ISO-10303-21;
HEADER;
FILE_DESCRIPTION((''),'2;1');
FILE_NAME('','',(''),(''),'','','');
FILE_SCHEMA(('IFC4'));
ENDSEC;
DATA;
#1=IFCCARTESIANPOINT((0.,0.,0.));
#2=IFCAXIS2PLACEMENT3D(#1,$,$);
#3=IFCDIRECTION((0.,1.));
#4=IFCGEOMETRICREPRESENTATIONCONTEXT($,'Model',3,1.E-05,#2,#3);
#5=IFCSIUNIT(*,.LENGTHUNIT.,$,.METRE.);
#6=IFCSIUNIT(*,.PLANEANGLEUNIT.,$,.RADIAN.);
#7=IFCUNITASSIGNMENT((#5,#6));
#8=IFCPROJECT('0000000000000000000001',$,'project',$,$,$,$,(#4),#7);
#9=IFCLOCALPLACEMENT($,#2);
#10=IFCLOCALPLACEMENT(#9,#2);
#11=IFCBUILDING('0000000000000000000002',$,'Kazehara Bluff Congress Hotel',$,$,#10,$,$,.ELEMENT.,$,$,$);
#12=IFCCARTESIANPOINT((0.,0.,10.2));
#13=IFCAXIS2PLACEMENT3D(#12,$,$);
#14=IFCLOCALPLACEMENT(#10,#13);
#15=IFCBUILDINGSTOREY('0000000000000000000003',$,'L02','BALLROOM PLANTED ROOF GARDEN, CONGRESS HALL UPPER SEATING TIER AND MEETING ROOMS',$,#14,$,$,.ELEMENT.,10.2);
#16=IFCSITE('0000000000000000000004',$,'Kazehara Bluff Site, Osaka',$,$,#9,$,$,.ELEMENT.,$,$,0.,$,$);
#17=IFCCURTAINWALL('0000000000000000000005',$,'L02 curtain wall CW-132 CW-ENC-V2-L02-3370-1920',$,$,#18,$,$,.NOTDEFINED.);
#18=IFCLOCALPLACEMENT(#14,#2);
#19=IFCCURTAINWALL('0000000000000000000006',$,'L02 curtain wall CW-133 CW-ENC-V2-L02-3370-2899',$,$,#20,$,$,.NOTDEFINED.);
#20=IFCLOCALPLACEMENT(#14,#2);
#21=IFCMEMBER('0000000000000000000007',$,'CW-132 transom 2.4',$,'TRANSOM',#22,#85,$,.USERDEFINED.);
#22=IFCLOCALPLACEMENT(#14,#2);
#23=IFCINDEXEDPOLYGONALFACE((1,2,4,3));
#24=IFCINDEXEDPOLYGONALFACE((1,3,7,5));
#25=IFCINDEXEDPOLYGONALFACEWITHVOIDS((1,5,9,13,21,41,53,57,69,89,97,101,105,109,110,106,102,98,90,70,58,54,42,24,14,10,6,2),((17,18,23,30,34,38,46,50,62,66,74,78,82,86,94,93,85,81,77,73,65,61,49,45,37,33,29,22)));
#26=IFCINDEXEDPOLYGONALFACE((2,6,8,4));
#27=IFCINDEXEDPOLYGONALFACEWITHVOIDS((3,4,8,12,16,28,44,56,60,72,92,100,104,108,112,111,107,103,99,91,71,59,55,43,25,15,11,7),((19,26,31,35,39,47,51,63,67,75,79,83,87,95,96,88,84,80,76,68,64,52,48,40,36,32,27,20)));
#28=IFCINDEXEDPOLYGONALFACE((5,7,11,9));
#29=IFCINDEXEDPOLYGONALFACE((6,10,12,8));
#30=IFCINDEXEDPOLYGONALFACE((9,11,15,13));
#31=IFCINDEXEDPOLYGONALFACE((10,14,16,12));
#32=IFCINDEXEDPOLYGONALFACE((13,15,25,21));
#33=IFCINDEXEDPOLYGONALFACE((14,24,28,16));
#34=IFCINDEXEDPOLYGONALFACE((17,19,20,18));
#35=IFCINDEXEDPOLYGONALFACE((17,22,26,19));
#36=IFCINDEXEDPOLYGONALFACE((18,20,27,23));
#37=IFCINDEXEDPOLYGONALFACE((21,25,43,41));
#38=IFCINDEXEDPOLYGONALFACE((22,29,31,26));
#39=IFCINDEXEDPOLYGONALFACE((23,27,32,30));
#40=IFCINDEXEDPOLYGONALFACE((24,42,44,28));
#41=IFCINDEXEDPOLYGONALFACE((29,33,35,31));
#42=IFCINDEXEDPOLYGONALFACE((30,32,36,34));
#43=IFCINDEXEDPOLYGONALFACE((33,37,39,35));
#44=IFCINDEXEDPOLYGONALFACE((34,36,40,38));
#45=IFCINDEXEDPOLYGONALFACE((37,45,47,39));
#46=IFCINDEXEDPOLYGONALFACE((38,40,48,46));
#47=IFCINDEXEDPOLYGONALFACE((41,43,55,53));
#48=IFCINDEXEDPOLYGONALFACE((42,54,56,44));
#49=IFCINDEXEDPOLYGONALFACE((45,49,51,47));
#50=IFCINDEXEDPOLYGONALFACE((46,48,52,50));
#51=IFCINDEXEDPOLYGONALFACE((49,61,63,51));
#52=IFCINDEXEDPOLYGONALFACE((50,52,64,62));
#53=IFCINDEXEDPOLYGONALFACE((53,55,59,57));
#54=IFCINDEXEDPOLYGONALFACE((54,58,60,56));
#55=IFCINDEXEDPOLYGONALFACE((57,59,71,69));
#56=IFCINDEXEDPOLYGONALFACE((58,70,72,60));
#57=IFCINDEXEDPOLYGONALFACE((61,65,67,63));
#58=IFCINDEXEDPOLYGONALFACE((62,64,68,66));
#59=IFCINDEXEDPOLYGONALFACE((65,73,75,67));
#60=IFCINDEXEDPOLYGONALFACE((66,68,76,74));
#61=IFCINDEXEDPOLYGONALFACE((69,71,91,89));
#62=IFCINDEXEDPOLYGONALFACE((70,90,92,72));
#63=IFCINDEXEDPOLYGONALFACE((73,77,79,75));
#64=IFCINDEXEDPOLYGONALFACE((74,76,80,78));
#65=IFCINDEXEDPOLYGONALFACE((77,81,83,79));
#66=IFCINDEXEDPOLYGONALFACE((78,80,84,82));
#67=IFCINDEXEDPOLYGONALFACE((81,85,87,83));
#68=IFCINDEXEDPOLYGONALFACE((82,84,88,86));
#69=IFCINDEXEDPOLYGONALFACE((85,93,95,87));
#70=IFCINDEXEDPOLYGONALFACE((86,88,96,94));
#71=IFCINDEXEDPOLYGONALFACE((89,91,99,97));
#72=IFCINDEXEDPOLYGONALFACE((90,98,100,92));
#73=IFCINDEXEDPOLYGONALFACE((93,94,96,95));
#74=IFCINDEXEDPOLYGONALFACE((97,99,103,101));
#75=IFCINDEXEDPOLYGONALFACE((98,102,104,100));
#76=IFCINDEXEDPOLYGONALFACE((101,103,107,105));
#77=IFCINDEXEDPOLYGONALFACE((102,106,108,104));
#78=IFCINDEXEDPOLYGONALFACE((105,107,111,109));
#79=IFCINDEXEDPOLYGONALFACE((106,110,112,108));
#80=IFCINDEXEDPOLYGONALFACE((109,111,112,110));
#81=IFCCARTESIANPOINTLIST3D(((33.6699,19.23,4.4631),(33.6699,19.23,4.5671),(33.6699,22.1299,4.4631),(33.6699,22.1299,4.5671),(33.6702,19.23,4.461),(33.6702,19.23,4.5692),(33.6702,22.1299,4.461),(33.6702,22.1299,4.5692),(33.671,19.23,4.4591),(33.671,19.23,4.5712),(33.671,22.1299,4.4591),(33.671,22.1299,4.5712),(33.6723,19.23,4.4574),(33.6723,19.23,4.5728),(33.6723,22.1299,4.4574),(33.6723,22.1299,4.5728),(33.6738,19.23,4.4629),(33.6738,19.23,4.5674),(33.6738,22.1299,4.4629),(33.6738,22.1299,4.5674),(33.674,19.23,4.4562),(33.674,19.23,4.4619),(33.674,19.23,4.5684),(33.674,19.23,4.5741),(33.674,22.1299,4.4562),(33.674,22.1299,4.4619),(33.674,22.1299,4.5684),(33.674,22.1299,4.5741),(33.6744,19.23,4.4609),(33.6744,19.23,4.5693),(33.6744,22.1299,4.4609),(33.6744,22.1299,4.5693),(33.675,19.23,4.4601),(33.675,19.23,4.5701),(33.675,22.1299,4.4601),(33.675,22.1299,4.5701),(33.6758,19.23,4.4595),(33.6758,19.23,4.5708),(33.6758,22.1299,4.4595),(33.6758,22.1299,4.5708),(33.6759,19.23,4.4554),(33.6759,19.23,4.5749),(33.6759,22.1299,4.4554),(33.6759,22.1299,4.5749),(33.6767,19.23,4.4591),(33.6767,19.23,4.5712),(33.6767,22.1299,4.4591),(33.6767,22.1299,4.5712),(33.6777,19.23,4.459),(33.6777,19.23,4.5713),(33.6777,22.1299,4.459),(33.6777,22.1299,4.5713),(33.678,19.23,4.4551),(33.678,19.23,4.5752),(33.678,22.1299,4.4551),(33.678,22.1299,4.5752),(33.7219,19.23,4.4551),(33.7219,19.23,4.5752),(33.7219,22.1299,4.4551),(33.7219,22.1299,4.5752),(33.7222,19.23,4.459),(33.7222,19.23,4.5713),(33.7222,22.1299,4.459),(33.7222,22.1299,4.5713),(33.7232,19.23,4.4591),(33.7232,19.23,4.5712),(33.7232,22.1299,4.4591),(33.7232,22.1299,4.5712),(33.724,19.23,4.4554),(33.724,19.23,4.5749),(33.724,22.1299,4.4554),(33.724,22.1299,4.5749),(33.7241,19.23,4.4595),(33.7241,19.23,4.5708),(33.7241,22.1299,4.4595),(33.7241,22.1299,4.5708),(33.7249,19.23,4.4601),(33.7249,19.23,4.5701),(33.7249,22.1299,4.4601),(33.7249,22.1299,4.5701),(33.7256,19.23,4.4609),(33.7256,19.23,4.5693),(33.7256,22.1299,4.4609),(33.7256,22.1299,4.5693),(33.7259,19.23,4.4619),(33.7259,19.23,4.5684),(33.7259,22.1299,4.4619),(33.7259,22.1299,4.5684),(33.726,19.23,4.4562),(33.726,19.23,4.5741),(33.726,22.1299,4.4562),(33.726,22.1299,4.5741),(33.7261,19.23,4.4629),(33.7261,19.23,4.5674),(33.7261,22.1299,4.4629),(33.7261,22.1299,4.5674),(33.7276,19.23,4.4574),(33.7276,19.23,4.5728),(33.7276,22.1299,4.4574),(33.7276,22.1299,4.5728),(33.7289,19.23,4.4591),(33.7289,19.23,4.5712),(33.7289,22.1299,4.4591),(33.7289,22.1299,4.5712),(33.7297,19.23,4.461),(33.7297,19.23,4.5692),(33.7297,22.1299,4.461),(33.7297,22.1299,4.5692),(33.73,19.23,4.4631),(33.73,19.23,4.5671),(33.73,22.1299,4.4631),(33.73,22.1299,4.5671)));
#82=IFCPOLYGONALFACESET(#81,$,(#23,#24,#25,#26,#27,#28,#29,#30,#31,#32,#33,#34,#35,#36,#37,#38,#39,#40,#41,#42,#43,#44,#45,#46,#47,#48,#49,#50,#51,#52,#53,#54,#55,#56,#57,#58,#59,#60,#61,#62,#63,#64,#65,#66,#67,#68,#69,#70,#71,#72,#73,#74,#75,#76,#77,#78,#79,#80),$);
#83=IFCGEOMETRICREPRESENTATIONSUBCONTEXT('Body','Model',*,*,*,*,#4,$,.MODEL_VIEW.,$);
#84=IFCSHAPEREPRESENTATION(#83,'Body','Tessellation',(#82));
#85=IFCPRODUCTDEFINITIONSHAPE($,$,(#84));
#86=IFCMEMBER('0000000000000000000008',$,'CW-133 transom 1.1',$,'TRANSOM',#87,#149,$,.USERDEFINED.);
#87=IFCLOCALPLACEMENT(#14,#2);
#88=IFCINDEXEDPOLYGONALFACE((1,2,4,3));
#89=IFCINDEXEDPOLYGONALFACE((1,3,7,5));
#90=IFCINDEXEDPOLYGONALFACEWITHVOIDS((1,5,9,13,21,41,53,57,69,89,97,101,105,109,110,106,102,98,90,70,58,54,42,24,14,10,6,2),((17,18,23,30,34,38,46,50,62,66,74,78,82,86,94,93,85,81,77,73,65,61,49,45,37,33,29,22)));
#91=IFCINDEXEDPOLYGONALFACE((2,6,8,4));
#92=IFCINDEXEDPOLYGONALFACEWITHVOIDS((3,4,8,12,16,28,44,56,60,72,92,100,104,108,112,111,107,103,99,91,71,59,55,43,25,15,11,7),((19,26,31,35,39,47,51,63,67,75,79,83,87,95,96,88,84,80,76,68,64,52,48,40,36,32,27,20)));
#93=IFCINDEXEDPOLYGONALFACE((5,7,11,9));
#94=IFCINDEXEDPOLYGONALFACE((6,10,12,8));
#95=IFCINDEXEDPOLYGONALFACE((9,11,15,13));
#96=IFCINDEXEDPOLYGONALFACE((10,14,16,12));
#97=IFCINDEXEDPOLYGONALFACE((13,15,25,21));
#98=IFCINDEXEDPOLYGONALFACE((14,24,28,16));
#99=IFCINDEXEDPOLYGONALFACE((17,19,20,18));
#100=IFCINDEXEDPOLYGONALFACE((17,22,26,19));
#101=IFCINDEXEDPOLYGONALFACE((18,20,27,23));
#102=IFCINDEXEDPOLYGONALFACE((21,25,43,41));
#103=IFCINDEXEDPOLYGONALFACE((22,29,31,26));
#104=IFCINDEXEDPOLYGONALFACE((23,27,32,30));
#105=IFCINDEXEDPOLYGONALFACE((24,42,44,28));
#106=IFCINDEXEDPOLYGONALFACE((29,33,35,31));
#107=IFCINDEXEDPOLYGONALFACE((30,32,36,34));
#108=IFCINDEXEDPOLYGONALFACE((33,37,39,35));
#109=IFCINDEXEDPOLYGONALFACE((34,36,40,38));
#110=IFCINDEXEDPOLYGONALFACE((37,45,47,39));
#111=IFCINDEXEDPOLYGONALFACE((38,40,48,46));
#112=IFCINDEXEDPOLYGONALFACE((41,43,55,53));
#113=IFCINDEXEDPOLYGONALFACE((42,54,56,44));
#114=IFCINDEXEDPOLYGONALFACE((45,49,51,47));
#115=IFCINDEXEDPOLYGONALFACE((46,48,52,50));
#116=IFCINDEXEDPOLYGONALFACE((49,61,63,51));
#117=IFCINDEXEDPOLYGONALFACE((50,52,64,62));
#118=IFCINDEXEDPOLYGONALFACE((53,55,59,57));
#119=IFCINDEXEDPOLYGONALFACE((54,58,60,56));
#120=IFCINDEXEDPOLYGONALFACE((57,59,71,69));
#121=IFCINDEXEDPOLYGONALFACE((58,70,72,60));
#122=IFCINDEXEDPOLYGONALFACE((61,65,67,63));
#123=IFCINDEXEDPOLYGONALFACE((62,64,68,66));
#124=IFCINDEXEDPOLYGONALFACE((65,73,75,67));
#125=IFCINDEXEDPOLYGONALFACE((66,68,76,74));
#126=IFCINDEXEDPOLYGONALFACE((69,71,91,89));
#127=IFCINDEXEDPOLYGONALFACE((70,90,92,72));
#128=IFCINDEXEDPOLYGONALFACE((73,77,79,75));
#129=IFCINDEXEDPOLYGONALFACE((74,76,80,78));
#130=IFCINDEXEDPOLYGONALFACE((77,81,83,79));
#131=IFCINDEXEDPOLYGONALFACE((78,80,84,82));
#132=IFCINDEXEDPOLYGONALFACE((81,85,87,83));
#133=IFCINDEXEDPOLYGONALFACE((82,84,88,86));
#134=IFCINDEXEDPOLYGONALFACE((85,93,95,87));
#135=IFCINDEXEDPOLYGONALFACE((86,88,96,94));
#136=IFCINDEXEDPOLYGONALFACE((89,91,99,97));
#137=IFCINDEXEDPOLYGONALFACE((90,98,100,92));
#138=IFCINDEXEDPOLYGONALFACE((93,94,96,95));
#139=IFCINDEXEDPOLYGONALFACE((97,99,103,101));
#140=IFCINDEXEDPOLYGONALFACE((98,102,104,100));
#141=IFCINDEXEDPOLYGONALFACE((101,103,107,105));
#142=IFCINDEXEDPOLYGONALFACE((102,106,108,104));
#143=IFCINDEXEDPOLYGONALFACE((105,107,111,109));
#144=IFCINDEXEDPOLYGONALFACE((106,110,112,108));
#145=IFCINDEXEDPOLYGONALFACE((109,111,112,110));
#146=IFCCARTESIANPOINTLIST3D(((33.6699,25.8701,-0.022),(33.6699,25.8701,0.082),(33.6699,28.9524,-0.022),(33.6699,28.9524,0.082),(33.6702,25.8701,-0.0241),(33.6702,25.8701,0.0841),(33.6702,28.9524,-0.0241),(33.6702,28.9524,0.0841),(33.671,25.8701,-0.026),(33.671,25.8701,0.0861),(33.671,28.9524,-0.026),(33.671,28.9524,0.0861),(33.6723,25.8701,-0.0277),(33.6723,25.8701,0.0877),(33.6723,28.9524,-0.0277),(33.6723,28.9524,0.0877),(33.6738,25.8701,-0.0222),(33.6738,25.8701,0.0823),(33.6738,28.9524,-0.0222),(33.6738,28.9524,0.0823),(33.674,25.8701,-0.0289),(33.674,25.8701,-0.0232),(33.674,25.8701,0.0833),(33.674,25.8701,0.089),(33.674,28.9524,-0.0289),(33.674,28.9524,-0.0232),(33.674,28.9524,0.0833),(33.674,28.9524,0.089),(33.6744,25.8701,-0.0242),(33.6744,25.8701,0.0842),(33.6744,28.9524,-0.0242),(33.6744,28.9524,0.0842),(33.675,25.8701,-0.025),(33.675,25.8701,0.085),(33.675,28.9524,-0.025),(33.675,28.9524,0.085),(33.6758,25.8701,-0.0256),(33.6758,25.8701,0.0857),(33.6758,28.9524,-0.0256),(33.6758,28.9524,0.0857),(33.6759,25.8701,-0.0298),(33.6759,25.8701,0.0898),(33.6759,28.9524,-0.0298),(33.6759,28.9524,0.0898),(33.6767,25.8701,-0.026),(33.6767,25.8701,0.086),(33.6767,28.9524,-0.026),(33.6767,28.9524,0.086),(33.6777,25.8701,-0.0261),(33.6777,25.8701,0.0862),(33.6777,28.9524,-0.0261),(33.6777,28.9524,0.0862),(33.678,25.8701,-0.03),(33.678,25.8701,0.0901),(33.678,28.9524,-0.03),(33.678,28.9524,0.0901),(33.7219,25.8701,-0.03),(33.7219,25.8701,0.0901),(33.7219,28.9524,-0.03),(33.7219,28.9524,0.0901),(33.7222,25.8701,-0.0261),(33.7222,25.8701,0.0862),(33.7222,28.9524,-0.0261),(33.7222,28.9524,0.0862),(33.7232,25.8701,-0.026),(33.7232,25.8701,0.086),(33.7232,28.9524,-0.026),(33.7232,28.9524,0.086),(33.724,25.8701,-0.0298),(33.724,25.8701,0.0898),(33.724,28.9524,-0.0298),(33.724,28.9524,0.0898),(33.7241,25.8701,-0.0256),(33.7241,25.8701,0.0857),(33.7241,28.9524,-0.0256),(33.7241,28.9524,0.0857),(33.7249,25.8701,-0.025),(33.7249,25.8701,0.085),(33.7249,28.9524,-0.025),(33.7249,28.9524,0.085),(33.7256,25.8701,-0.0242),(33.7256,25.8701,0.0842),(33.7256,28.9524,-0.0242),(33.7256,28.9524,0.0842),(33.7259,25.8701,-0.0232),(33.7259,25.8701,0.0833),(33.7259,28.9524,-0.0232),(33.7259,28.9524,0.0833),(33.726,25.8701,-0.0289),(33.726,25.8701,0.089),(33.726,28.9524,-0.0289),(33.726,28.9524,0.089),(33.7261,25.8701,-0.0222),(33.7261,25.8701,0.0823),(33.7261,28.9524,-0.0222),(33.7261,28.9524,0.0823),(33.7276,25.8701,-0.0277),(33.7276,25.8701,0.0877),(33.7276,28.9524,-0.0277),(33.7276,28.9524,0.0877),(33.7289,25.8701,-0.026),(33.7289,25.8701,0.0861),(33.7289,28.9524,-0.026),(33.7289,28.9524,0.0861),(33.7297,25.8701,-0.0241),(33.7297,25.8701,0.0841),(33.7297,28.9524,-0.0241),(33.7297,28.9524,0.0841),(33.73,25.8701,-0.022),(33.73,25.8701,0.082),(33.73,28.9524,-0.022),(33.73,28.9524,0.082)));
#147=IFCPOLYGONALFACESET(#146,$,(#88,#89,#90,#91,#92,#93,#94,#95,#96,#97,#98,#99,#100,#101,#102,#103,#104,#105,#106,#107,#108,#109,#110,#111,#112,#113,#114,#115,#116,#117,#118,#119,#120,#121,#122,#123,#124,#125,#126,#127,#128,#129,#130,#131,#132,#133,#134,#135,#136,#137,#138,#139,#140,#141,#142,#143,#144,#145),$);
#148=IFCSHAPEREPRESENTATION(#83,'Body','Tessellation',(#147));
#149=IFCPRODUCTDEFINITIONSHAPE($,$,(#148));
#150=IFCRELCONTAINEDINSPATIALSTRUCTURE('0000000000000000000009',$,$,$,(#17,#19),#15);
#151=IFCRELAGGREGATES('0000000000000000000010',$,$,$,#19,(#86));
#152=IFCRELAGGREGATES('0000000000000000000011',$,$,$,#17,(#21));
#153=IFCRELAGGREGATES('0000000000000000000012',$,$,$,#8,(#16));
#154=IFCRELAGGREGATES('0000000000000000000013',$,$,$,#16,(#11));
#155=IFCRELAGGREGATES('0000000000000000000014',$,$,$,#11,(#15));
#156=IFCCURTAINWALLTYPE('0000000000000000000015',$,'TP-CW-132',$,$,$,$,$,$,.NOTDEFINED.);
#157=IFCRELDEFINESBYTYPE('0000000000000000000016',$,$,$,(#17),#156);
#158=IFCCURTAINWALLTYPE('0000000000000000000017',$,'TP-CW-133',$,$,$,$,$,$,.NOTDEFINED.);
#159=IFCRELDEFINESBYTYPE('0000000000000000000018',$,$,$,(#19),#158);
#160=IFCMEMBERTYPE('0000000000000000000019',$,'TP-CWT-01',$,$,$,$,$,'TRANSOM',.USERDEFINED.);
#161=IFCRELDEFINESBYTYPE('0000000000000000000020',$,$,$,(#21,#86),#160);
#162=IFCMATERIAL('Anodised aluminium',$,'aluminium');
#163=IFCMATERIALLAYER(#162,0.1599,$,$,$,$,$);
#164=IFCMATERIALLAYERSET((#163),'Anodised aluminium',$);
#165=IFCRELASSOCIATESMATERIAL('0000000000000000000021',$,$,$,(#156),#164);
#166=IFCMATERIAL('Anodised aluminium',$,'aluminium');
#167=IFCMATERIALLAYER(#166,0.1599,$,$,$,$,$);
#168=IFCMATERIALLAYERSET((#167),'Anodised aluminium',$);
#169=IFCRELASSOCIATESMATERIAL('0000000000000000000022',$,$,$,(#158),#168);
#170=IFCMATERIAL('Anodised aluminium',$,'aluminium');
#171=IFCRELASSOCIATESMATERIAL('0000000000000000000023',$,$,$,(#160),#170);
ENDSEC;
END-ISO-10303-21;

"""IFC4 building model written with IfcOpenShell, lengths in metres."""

from ifc_helpers import new_model, si_unit, direction, frame, origin, origin_2d, place, context, subcontext, project, spatial, hollow_rectangle, extrude, material, layer, layer_set, material_profile, profile_set, type_object, element, aggregate, save


model = new_model("IFC4")

# Units and contexts
model_context = context("Model", 3, precision=1e-05, world=origin(), true_north=direction((0.0, 1.0)))
body_context = subcontext(model_context, "Body", "Model", "MODEL_VIEW")
ifc_project = project(units=[si_unit("LENGTHUNIT", "METRE"), si_unit("PLANEANGLEUNIT", "RADIAN")], contexts=[model_context])

# Site, building, storey
site_placement = place(None, origin())
site = spatial("IfcSite", under=ifc_project, at=site_placement, Name="Kazehara Bluff Site, Osaka", CompositionType="ELEMENT", RefElevation=0.0)
building_placement = place(site_placement, origin())
building = spatial("IfcBuilding", under=site, at=building_placement, Name="Kazehara Bluff Congress Hotel", CompositionType="ELEMENT")
storey_placement = place(building_placement, frame((0.0, 0.0, 10.2)))
storey = spatial("IfcBuildingStorey", under=building, at=storey_placement, Name="L02", Description="BALLROOM PLANTED ROOF GARDEN, CONGRESS HALL UPPER SEATING TIER AND MEETING ROOMS", CompositionType="ELEMENT", Elevation=10.2)

# Curtain wall
ifc_material_1 = material(Name="Anodised aluminium", Category="aluminium")
ifc_layer_1 = layer(ifc_material_1, 0.1599)
ifc_layer_set_1 = layer_set([ifc_layer_1], Name="Anodised aluminium")
curtain_wall_type_1 = type_object("IfcCurtainWallType", Name="TP-CW-132", PredefinedType="NOTDEFINED", material=ifc_layer_set_1)
curtain_wall_1_placement = place(storey_placement, origin())
curtain_wall_1 = element("IfcCurtainWall", 1, at=curtain_wall_1_placement, inside=storey, type_object=curtain_wall_type_1, Name="L02 curtain wall CW-132 CW-ENC-V2-L02-3370-1920", PredefinedType="NOTDEFINED")

# Curtain wall
ifc_material_2 = material(Name="Anodised aluminium", Category="aluminium")
ifc_layer_2 = layer(ifc_material_2, 0.1599)
ifc_layer_set_2 = layer_set([ifc_layer_2], Name="Anodised aluminium")
curtain_wall_type_2 = type_object("IfcCurtainWallType", Name="TP-CW-133", PredefinedType="NOTDEFINED", material=ifc_layer_set_2)
curtain_wall_2_placement = place(storey_placement, origin())
curtain_wall_2 = element("IfcCurtainWall", 2, at=curtain_wall_2_placement, inside=storey, type_object=curtain_wall_type_2, Name="L02 curtain wall CW-133 CW-ENC-V2-L02-3370-2899", PredefinedType="NOTDEFINED")

# Members
ifc_material_3 = material(Name="Anodised aluminium", Category="aluminium")
ifc_material_profile_1 = material_profile(ifc_material_3, hollow_rectangle(XDim=0.0601, YDim=0.1201, WallThickness=0.0039, InnerFilletRadius=0.0039, OuterFilletRadius=0.0081, at=origin_2d()))
ifc_profile_set_1 = profile_set([ifc_material_profile_1], Name="Anodised aluminium")
member_type_1 = type_object("IfcMemberType", Name="TP-CWT-01", ElementType="TRANSOM", PredefinedType="USERDEFINED", material=ifc_profile_set_1)
member_1_placement = place(storey_placement, frame((33.7, 19.23, 4.5151), z_axis=(0.0, 1.0, 0.0), x_axis=(-1.0, 0.0, 0.0)))
member_1 = element("IfcMember", 3, at=member_1_placement, type_object=member_type_1, Name="CW-132 transom 2.4", ObjectType="TRANSOM", PredefinedType="USERDEFINED", context=body_context, shape_type="SweptSolid", body=[
    extrude(hollow_rectangle(XDim=0.0601, YDim=0.1201, WallThickness=0.0039, InnerFilletRadius=0.0039, OuterFilletRadius=0.0081, at=origin_2d()), origin(), (0.0, 0.0, 1.0), 2.8999),
])
member_2_placement = place(storey_placement, frame((33.7, 25.8701, 0.03), z_axis=(0.0, 1.0, 0.0), x_axis=(-1.0, 0.0, 0.0)))
member_2 = element("IfcMember", 4, at=member_2_placement, type_object=member_type_1, Name="CW-133 transom 1.1", ObjectType="TRANSOM", PredefinedType="USERDEFINED", context=body_context, shape_type="SweptSolid", body=[
    extrude(hollow_rectangle(XDim=0.0601, YDim=0.1201, WallThickness=0.0039, InnerFilletRadius=0.0039, OuterFilletRadius=0.0081, at=origin_2d()), origin(), (0.0, 0.0, 1.0), 3.0823),
])
aggregate(curtain_wall_2, [member_2])

aggregate(curtain_wall_1, [member_1])

save(model, "model.ifc")
